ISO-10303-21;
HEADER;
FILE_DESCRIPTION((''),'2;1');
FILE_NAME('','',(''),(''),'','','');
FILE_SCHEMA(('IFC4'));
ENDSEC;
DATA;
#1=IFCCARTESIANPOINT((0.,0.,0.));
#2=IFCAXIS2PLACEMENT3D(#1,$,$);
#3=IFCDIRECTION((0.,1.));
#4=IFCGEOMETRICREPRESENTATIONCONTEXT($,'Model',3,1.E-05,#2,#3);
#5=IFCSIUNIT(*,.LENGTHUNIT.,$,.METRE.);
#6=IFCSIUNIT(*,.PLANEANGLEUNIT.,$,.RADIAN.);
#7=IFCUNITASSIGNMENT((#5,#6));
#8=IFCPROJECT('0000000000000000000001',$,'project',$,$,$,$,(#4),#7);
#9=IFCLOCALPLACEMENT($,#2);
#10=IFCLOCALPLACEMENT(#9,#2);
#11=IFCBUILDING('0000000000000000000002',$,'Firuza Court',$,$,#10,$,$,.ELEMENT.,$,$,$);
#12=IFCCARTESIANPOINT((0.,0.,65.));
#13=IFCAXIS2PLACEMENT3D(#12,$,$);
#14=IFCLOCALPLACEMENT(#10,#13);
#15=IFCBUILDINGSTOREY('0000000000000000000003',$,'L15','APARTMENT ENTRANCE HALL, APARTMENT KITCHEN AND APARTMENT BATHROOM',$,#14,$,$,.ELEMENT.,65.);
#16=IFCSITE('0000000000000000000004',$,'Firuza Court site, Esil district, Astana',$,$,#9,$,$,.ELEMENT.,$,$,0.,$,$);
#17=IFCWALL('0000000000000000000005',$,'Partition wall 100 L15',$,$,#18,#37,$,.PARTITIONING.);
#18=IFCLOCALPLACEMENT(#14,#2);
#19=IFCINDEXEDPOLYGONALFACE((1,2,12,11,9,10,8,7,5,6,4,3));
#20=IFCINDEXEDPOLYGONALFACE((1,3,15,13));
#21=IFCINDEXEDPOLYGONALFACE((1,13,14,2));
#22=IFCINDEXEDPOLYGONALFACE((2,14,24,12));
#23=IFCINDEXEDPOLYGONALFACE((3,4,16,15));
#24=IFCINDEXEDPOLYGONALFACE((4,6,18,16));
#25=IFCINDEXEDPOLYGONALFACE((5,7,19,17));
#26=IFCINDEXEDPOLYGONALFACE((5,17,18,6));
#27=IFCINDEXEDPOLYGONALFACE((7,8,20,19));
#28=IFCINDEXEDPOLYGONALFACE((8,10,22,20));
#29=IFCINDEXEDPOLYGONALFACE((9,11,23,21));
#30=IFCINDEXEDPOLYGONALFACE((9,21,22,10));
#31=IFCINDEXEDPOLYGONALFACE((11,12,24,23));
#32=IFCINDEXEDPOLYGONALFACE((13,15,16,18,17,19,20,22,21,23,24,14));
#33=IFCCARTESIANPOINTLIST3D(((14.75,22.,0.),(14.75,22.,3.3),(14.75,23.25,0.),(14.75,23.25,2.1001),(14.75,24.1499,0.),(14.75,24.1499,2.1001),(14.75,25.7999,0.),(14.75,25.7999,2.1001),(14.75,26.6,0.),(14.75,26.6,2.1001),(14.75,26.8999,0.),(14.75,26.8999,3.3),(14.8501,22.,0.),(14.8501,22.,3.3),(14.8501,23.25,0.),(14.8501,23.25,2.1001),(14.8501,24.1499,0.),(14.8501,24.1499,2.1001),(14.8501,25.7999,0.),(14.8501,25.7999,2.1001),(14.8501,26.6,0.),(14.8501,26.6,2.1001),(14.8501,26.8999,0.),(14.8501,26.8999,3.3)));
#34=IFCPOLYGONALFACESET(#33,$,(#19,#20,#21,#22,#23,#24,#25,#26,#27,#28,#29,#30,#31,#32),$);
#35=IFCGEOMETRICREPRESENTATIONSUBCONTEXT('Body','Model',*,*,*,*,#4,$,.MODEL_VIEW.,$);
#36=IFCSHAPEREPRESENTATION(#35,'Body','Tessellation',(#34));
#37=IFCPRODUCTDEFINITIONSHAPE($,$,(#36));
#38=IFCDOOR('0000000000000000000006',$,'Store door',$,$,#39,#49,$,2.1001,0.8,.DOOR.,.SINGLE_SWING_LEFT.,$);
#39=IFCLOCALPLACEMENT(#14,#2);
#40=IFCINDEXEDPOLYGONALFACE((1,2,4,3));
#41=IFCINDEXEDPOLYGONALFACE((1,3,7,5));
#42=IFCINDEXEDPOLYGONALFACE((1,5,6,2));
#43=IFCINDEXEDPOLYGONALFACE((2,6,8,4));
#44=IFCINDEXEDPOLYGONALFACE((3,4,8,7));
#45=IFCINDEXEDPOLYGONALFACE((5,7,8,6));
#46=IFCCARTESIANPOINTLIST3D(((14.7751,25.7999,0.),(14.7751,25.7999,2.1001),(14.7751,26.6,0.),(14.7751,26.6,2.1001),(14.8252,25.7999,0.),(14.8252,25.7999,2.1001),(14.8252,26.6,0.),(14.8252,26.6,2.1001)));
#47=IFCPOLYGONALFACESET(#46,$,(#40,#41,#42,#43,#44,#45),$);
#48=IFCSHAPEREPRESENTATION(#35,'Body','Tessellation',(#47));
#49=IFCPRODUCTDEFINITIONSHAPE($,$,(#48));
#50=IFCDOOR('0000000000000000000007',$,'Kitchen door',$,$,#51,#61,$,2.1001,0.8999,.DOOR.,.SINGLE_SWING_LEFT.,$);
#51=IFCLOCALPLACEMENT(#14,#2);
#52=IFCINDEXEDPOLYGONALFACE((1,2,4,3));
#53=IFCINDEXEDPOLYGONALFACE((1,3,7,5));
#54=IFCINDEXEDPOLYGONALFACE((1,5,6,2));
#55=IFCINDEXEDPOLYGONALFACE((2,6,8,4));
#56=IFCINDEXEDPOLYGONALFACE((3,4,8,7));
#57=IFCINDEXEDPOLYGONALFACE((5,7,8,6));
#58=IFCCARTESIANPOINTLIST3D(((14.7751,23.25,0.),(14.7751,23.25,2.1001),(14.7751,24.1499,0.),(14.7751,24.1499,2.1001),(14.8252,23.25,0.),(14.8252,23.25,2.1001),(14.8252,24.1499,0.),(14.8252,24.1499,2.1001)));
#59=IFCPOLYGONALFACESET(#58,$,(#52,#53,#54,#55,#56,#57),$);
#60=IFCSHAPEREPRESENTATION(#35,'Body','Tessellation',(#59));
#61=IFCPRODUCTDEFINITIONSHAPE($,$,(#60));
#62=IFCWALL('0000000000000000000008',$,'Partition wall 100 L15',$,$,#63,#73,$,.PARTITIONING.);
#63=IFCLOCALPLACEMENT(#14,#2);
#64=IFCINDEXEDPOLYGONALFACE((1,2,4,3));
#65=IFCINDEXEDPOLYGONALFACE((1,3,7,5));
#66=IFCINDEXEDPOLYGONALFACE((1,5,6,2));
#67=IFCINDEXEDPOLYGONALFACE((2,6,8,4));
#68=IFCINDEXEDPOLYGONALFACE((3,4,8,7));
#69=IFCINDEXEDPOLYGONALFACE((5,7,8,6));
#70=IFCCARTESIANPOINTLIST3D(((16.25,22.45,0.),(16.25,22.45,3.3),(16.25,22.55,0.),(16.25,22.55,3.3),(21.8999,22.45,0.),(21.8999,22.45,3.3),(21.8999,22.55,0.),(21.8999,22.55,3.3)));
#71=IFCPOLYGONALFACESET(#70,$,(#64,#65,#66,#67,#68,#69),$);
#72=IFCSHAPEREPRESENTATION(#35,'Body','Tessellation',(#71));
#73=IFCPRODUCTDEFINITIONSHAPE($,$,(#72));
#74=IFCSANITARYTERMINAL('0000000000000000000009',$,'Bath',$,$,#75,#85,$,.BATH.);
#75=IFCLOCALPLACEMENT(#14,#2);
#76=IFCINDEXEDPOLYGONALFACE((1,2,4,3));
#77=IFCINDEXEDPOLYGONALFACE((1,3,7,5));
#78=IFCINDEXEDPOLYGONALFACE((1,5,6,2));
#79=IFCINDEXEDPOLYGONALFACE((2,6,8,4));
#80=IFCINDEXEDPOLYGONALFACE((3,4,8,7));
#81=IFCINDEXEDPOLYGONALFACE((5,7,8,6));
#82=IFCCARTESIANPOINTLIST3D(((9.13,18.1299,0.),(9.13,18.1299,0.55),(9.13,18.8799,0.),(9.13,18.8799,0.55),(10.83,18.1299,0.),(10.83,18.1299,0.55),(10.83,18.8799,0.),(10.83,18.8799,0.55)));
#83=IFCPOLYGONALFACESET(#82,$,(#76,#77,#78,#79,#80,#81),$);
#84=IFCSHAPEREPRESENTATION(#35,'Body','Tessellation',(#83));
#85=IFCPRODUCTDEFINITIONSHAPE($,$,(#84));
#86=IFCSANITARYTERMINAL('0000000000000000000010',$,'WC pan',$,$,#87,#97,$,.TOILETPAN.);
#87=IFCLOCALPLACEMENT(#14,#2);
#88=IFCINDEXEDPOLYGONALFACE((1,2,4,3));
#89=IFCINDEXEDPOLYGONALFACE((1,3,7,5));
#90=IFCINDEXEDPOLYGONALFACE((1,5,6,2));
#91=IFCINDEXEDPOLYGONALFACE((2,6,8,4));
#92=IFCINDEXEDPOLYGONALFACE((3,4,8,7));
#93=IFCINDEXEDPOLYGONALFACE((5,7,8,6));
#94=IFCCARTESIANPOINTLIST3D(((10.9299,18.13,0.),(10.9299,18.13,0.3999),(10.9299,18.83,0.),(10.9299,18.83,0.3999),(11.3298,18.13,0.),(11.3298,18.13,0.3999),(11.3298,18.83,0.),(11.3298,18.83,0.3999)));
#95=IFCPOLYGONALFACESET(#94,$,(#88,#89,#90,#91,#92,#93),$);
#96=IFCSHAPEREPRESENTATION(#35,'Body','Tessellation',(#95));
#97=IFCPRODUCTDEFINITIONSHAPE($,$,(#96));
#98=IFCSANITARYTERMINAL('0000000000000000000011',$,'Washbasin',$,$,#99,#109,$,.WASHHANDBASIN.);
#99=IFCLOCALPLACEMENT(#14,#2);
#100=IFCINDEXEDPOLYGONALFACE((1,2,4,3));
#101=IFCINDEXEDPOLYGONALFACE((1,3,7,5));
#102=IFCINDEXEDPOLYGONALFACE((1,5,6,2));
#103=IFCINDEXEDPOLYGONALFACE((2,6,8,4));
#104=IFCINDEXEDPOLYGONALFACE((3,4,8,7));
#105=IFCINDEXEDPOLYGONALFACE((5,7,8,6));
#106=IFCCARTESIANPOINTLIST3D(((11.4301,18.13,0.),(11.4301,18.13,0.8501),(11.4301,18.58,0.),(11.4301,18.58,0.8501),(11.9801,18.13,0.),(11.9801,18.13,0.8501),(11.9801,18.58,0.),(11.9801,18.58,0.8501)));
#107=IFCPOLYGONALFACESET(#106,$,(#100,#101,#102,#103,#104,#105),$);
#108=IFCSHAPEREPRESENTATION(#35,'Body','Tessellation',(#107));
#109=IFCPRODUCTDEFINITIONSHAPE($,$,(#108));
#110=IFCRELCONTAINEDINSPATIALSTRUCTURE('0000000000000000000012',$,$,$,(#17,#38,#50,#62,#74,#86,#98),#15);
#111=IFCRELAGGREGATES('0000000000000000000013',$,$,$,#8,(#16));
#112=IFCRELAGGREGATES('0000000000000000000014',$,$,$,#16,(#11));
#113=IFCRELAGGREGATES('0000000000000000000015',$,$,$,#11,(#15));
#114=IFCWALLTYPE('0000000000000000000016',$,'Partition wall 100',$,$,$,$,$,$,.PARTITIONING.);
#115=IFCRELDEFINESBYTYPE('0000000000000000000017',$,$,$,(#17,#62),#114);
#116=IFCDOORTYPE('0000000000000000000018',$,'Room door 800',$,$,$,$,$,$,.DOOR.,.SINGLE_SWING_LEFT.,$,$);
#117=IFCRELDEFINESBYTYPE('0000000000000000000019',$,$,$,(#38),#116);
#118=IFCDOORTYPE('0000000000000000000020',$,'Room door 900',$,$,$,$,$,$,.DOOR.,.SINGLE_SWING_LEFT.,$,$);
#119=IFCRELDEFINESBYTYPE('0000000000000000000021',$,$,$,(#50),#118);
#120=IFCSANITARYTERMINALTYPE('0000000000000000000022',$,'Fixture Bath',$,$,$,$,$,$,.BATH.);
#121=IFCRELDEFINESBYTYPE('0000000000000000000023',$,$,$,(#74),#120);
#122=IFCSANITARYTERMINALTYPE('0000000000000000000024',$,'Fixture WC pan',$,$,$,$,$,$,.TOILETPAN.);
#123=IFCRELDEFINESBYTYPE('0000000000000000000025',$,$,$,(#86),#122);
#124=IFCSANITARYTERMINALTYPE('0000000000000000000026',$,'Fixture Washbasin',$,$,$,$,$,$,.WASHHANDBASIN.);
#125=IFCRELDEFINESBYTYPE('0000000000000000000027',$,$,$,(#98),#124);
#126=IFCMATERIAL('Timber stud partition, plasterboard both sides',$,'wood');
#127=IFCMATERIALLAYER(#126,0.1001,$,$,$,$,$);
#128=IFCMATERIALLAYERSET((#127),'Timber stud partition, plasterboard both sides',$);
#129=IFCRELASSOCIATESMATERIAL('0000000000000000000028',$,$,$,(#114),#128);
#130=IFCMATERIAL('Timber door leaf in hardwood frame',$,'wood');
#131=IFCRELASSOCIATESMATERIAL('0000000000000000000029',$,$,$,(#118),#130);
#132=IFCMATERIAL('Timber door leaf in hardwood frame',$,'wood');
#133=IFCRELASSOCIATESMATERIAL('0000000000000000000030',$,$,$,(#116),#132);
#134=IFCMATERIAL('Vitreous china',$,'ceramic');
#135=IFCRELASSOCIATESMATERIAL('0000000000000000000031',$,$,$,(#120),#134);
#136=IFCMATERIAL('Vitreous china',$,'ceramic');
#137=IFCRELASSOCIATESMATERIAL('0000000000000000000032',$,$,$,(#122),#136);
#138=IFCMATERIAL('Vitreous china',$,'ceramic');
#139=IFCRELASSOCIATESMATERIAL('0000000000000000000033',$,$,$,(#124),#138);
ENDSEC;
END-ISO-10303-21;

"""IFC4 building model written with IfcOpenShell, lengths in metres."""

from ifc_helpers import new_model, si_unit, direction, frame, frame_2d, origin, origin_2d, place, context, subcontext, project, spatial, rectangle, extrude, material, layer, layer_set, type_object, element, fill, save


model = new_model("IFC4")

# Units and contexts
model_context = context("Model", 3, precision=1e-05, world=origin(), true_north=direction((0.0, 1.0)))
body_context = subcontext(model_context, "Body", "Model", "MODEL_VIEW")
ifc_project = project(units=[si_unit("LENGTHUNIT", "METRE"), si_unit("PLANEANGLEUNIT", "RADIAN")], contexts=[model_context])

# Site, building, storey
site_placement = place(None, origin())
site = spatial("IfcSite", under=ifc_project, at=site_placement, Name="Firuza Court site, Esil district, Astana", CompositionType="ELEMENT", RefElevation=0.0)
building_placement = place(site_placement, origin())
building = spatial("IfcBuilding", under=site, at=building_placement, Name="Firuza Court", CompositionType="ELEMENT")
storey_placement = place(building_placement, frame((0.0, 0.0, 65.0)))
storey = spatial("IfcBuildingStorey", under=building, at=storey_placement, Name="L15", Description="APARTMENT ENTRANCE HALL, APARTMENT KITCHEN AND APARTMENT BATHROOM", CompositionType="ELEMENT", Elevation=65.0)

# Shared definitions
ifc_material_1 = material(Name="Timber stud partition, plasterboard both sides", Category="wood")
ifc_layer_1 = layer(ifc_material_1, 0.1001)
ifc_layer_set_1 = layer_set([ifc_layer_1], Name="Timber stud partition, plasterboard both sides")
wall_type_1 = type_object("IfcWallType", Name="Partition wall 100", PredefinedType="PARTITIONING", material=ifc_layer_set_1)

# Shared definitions
ifc_material_2 = material(Name="Timber door leaf in hardwood frame", Category="wood")
door_type_1 = type_object("IfcDoorType", Name="Room door 900", OperationType="SINGLE_SWING_LEFT", PredefinedType="DOOR", material=ifc_material_2)

# Wall, openings, doors
wall_1_placement = place(storey_placement, frame((14.8, 22.0, 0.0), z_axis=(0.0, 0.0, 1.0), x_axis=(0.0, 1.0, 0.0)))
wall_1 = element("IfcWall", 1, at=wall_1_placement, inside=storey, type_object=wall_type_1, Name="Partition wall 100 L15", PredefinedType="PARTITIONING", context=body_context, shape_type="SweptSolid", body=[
    extrude(rectangle(XDim=4.8999, YDim=0.1001, at=frame_2d((2.45, 0.0))), origin(), (0.0, 0.0, 1.0), 3.3),
])
opening_1_placement = place(wall_1_placement, frame((1.25, 0.0, 0.0)))
opening_1 = element("IfcOpeningElement", 2, at=opening_1_placement, cuts=wall_1, PredefinedType="OPENING", context=body_context, shape_type="SweptSolid", body=[
    extrude(rectangle(XDim=0.8999, YDim=2.1001, at=frame_2d((0.45, 1.05))), frame((0.0, 0.062, 0.0), z_axis=(0.0, -1.0, 0.0), x_axis=(1.0, 0.0, 0.0)), (0.0, 0.0, 1.0), 0.124),
])
opening_2_placement = place(wall_1_placement, frame((3.8, 0.0, 0.0)))
opening_2 = element("IfcOpeningElement", 3, at=opening_2_placement, cuts=wall_1, PredefinedType="OPENING", context=body_context, shape_type="SweptSolid", body=[
    extrude(rectangle(XDim=0.8, YDim=2.1001, at=frame_2d((0.3999, 1.05))), frame((0.0, 0.062, 0.0), z_axis=(0.0, -1.0, 0.0), x_axis=(1.0, 0.0, 0.0)), (0.0, 0.0, 1.0), 0.124),
])
ifc_material_3 = material(Name="Timber door leaf in hardwood frame", Category="wood")
door_type_2 = type_object("IfcDoorType", Name="Room door 800", OperationType="SINGLE_SWING_LEFT", PredefinedType="DOOR", material=ifc_material_3)
door_1_placement = place(opening_2_placement, origin())
door_1 = element("IfcDoor", 4, at=door_1_placement, inside=storey, type_object=door_type_2, Name="Store door", OperationType="SINGLE_SWING_LEFT", OverallHeight=2.1001, OverallWidth=0.8, PredefinedType="DOOR", context=body_context, shape_type="SweptSolid", body=[
    extrude(rectangle(XDim=0.8, YDim=2.1001, at=frame_2d((0.3999, 1.05))), frame((0.0, 0.0249, 0.0), z_axis=(0.0, -1.0, 0.0), x_axis=(1.0, 0.0, 0.0)), (0.0, 0.0, 1.0), 0.05),
])
fill(opening_2, door_1)
door_2_placement = place(opening_1_placement, origin())
door_2 = element("IfcDoor", 5, at=door_2_placement, inside=storey, type_object=door_type_1, Name="Kitchen door", OperationType="SINGLE_SWING_LEFT", OverallHeight=2.1001, OverallWidth=0.8999, PredefinedType="DOOR", context=body_context, shape_type="SweptSolid", body=[
    extrude(rectangle(XDim=0.8999, YDim=2.1001, at=frame_2d((0.45, 1.05))), frame((0.0, 0.0249, 0.0), z_axis=(0.0, -1.0, 0.0), x_axis=(1.0, 0.0, 0.0)), (0.0, 0.0, 1.0), 0.05),
])
fill(opening_1, door_2)

# Wall
wall_2_placement = place(storey_placement, frame((16.25, 22.5, 0.0), z_axis=(0.0, 0.0, 1.0), x_axis=(1.0, 0.0, 0.0)))
element("IfcWall", 6, at=wall_2_placement, inside=storey, type_object=wall_type_1, Name="Partition wall 100 L15", PredefinedType="PARTITIONING", context=body_context, shape_type="SweptSolid", body=[
    extrude(rectangle(XDim=5.6499, YDim=0.1001, at=frame_2d((2.825, 0.0))), origin(), (0.0, 0.0, 1.0), 3.3),
])

# Sanitary terminals
ifc_material_4 = material(Name="Vitreous china", Category="ceramic")
sanitary_terminal_type_1 = type_object("IfcSanitaryTerminalType", Name="Fixture Bath", PredefinedType="BATH", material=ifc_material_4)
sanitary_terminal_1_placement = place(storey_placement, frame((9.98, 18.5049, 0.0), z_axis=(0.0, 0.0, 1.0), x_axis=(1.0, 0.0, 0.0)))
element("IfcSanitaryTerminal", 7, at=sanitary_terminal_1_placement, inside=storey, type_object=sanitary_terminal_type_1, Name="Bath", PredefinedType="BATH", context=body_context, shape_type="SweptSolid", body=[
    extrude(rectangle(XDim=1.7, YDim=0.75, at=origin_2d()), origin(), (0.0, 0.0, 1.0), 0.55),
])
ifc_material_5 = material(Name="Vitreous china", Category="ceramic")
sanitary_terminal_type_2 = type_object("IfcSanitaryTerminalType", Name="Fixture WC pan", PredefinedType="TOILETPAN", material=ifc_material_5)
sanitary_terminal_2_placement = place(storey_placement, frame((11.1299, 18.48, 0.0), z_axis=(0.0, 0.0, 1.0), x_axis=(1.0, 0.0, 0.0)))
element("IfcSanitaryTerminal", 8, at=sanitary_terminal_2_placement, inside=storey, type_object=sanitary_terminal_type_2, Name="WC pan", PredefinedType="TOILETPAN", context=body_context, shape_type="SweptSolid", body=[
    extrude(rectangle(XDim=0.3999, YDim=0.7, at=origin_2d()), origin(), (0.0, 0.0, 1.0), 0.3999),
])
ifc_material_6 = material(Name="Vitreous china", Category="ceramic")
sanitary_terminal_type_3 = type_object("IfcSanitaryTerminalType", Name="Fixture Washbasin", PredefinedType="WASHHANDBASIN", material=ifc_material_6)
sanitary_terminal_3_placement = place(storey_placement, frame((11.7051, 18.355, 0.0), z_axis=(0.0, 0.0, 1.0), x_axis=(1.0, 0.0, 0.0)))
element("IfcSanitaryTerminal", 9, at=sanitary_terminal_3_placement, inside=storey, type_object=sanitary_terminal_type_3, Name="Washbasin", PredefinedType="WASHHANDBASIN", context=body_context, shape_type="SweptSolid", body=[
    extrude(rectangle(XDim=0.55, YDim=0.45, at=origin_2d()), origin(), (0.0, 0.0, 1.0), 0.8501),
])

save(model, "model.ifc")
